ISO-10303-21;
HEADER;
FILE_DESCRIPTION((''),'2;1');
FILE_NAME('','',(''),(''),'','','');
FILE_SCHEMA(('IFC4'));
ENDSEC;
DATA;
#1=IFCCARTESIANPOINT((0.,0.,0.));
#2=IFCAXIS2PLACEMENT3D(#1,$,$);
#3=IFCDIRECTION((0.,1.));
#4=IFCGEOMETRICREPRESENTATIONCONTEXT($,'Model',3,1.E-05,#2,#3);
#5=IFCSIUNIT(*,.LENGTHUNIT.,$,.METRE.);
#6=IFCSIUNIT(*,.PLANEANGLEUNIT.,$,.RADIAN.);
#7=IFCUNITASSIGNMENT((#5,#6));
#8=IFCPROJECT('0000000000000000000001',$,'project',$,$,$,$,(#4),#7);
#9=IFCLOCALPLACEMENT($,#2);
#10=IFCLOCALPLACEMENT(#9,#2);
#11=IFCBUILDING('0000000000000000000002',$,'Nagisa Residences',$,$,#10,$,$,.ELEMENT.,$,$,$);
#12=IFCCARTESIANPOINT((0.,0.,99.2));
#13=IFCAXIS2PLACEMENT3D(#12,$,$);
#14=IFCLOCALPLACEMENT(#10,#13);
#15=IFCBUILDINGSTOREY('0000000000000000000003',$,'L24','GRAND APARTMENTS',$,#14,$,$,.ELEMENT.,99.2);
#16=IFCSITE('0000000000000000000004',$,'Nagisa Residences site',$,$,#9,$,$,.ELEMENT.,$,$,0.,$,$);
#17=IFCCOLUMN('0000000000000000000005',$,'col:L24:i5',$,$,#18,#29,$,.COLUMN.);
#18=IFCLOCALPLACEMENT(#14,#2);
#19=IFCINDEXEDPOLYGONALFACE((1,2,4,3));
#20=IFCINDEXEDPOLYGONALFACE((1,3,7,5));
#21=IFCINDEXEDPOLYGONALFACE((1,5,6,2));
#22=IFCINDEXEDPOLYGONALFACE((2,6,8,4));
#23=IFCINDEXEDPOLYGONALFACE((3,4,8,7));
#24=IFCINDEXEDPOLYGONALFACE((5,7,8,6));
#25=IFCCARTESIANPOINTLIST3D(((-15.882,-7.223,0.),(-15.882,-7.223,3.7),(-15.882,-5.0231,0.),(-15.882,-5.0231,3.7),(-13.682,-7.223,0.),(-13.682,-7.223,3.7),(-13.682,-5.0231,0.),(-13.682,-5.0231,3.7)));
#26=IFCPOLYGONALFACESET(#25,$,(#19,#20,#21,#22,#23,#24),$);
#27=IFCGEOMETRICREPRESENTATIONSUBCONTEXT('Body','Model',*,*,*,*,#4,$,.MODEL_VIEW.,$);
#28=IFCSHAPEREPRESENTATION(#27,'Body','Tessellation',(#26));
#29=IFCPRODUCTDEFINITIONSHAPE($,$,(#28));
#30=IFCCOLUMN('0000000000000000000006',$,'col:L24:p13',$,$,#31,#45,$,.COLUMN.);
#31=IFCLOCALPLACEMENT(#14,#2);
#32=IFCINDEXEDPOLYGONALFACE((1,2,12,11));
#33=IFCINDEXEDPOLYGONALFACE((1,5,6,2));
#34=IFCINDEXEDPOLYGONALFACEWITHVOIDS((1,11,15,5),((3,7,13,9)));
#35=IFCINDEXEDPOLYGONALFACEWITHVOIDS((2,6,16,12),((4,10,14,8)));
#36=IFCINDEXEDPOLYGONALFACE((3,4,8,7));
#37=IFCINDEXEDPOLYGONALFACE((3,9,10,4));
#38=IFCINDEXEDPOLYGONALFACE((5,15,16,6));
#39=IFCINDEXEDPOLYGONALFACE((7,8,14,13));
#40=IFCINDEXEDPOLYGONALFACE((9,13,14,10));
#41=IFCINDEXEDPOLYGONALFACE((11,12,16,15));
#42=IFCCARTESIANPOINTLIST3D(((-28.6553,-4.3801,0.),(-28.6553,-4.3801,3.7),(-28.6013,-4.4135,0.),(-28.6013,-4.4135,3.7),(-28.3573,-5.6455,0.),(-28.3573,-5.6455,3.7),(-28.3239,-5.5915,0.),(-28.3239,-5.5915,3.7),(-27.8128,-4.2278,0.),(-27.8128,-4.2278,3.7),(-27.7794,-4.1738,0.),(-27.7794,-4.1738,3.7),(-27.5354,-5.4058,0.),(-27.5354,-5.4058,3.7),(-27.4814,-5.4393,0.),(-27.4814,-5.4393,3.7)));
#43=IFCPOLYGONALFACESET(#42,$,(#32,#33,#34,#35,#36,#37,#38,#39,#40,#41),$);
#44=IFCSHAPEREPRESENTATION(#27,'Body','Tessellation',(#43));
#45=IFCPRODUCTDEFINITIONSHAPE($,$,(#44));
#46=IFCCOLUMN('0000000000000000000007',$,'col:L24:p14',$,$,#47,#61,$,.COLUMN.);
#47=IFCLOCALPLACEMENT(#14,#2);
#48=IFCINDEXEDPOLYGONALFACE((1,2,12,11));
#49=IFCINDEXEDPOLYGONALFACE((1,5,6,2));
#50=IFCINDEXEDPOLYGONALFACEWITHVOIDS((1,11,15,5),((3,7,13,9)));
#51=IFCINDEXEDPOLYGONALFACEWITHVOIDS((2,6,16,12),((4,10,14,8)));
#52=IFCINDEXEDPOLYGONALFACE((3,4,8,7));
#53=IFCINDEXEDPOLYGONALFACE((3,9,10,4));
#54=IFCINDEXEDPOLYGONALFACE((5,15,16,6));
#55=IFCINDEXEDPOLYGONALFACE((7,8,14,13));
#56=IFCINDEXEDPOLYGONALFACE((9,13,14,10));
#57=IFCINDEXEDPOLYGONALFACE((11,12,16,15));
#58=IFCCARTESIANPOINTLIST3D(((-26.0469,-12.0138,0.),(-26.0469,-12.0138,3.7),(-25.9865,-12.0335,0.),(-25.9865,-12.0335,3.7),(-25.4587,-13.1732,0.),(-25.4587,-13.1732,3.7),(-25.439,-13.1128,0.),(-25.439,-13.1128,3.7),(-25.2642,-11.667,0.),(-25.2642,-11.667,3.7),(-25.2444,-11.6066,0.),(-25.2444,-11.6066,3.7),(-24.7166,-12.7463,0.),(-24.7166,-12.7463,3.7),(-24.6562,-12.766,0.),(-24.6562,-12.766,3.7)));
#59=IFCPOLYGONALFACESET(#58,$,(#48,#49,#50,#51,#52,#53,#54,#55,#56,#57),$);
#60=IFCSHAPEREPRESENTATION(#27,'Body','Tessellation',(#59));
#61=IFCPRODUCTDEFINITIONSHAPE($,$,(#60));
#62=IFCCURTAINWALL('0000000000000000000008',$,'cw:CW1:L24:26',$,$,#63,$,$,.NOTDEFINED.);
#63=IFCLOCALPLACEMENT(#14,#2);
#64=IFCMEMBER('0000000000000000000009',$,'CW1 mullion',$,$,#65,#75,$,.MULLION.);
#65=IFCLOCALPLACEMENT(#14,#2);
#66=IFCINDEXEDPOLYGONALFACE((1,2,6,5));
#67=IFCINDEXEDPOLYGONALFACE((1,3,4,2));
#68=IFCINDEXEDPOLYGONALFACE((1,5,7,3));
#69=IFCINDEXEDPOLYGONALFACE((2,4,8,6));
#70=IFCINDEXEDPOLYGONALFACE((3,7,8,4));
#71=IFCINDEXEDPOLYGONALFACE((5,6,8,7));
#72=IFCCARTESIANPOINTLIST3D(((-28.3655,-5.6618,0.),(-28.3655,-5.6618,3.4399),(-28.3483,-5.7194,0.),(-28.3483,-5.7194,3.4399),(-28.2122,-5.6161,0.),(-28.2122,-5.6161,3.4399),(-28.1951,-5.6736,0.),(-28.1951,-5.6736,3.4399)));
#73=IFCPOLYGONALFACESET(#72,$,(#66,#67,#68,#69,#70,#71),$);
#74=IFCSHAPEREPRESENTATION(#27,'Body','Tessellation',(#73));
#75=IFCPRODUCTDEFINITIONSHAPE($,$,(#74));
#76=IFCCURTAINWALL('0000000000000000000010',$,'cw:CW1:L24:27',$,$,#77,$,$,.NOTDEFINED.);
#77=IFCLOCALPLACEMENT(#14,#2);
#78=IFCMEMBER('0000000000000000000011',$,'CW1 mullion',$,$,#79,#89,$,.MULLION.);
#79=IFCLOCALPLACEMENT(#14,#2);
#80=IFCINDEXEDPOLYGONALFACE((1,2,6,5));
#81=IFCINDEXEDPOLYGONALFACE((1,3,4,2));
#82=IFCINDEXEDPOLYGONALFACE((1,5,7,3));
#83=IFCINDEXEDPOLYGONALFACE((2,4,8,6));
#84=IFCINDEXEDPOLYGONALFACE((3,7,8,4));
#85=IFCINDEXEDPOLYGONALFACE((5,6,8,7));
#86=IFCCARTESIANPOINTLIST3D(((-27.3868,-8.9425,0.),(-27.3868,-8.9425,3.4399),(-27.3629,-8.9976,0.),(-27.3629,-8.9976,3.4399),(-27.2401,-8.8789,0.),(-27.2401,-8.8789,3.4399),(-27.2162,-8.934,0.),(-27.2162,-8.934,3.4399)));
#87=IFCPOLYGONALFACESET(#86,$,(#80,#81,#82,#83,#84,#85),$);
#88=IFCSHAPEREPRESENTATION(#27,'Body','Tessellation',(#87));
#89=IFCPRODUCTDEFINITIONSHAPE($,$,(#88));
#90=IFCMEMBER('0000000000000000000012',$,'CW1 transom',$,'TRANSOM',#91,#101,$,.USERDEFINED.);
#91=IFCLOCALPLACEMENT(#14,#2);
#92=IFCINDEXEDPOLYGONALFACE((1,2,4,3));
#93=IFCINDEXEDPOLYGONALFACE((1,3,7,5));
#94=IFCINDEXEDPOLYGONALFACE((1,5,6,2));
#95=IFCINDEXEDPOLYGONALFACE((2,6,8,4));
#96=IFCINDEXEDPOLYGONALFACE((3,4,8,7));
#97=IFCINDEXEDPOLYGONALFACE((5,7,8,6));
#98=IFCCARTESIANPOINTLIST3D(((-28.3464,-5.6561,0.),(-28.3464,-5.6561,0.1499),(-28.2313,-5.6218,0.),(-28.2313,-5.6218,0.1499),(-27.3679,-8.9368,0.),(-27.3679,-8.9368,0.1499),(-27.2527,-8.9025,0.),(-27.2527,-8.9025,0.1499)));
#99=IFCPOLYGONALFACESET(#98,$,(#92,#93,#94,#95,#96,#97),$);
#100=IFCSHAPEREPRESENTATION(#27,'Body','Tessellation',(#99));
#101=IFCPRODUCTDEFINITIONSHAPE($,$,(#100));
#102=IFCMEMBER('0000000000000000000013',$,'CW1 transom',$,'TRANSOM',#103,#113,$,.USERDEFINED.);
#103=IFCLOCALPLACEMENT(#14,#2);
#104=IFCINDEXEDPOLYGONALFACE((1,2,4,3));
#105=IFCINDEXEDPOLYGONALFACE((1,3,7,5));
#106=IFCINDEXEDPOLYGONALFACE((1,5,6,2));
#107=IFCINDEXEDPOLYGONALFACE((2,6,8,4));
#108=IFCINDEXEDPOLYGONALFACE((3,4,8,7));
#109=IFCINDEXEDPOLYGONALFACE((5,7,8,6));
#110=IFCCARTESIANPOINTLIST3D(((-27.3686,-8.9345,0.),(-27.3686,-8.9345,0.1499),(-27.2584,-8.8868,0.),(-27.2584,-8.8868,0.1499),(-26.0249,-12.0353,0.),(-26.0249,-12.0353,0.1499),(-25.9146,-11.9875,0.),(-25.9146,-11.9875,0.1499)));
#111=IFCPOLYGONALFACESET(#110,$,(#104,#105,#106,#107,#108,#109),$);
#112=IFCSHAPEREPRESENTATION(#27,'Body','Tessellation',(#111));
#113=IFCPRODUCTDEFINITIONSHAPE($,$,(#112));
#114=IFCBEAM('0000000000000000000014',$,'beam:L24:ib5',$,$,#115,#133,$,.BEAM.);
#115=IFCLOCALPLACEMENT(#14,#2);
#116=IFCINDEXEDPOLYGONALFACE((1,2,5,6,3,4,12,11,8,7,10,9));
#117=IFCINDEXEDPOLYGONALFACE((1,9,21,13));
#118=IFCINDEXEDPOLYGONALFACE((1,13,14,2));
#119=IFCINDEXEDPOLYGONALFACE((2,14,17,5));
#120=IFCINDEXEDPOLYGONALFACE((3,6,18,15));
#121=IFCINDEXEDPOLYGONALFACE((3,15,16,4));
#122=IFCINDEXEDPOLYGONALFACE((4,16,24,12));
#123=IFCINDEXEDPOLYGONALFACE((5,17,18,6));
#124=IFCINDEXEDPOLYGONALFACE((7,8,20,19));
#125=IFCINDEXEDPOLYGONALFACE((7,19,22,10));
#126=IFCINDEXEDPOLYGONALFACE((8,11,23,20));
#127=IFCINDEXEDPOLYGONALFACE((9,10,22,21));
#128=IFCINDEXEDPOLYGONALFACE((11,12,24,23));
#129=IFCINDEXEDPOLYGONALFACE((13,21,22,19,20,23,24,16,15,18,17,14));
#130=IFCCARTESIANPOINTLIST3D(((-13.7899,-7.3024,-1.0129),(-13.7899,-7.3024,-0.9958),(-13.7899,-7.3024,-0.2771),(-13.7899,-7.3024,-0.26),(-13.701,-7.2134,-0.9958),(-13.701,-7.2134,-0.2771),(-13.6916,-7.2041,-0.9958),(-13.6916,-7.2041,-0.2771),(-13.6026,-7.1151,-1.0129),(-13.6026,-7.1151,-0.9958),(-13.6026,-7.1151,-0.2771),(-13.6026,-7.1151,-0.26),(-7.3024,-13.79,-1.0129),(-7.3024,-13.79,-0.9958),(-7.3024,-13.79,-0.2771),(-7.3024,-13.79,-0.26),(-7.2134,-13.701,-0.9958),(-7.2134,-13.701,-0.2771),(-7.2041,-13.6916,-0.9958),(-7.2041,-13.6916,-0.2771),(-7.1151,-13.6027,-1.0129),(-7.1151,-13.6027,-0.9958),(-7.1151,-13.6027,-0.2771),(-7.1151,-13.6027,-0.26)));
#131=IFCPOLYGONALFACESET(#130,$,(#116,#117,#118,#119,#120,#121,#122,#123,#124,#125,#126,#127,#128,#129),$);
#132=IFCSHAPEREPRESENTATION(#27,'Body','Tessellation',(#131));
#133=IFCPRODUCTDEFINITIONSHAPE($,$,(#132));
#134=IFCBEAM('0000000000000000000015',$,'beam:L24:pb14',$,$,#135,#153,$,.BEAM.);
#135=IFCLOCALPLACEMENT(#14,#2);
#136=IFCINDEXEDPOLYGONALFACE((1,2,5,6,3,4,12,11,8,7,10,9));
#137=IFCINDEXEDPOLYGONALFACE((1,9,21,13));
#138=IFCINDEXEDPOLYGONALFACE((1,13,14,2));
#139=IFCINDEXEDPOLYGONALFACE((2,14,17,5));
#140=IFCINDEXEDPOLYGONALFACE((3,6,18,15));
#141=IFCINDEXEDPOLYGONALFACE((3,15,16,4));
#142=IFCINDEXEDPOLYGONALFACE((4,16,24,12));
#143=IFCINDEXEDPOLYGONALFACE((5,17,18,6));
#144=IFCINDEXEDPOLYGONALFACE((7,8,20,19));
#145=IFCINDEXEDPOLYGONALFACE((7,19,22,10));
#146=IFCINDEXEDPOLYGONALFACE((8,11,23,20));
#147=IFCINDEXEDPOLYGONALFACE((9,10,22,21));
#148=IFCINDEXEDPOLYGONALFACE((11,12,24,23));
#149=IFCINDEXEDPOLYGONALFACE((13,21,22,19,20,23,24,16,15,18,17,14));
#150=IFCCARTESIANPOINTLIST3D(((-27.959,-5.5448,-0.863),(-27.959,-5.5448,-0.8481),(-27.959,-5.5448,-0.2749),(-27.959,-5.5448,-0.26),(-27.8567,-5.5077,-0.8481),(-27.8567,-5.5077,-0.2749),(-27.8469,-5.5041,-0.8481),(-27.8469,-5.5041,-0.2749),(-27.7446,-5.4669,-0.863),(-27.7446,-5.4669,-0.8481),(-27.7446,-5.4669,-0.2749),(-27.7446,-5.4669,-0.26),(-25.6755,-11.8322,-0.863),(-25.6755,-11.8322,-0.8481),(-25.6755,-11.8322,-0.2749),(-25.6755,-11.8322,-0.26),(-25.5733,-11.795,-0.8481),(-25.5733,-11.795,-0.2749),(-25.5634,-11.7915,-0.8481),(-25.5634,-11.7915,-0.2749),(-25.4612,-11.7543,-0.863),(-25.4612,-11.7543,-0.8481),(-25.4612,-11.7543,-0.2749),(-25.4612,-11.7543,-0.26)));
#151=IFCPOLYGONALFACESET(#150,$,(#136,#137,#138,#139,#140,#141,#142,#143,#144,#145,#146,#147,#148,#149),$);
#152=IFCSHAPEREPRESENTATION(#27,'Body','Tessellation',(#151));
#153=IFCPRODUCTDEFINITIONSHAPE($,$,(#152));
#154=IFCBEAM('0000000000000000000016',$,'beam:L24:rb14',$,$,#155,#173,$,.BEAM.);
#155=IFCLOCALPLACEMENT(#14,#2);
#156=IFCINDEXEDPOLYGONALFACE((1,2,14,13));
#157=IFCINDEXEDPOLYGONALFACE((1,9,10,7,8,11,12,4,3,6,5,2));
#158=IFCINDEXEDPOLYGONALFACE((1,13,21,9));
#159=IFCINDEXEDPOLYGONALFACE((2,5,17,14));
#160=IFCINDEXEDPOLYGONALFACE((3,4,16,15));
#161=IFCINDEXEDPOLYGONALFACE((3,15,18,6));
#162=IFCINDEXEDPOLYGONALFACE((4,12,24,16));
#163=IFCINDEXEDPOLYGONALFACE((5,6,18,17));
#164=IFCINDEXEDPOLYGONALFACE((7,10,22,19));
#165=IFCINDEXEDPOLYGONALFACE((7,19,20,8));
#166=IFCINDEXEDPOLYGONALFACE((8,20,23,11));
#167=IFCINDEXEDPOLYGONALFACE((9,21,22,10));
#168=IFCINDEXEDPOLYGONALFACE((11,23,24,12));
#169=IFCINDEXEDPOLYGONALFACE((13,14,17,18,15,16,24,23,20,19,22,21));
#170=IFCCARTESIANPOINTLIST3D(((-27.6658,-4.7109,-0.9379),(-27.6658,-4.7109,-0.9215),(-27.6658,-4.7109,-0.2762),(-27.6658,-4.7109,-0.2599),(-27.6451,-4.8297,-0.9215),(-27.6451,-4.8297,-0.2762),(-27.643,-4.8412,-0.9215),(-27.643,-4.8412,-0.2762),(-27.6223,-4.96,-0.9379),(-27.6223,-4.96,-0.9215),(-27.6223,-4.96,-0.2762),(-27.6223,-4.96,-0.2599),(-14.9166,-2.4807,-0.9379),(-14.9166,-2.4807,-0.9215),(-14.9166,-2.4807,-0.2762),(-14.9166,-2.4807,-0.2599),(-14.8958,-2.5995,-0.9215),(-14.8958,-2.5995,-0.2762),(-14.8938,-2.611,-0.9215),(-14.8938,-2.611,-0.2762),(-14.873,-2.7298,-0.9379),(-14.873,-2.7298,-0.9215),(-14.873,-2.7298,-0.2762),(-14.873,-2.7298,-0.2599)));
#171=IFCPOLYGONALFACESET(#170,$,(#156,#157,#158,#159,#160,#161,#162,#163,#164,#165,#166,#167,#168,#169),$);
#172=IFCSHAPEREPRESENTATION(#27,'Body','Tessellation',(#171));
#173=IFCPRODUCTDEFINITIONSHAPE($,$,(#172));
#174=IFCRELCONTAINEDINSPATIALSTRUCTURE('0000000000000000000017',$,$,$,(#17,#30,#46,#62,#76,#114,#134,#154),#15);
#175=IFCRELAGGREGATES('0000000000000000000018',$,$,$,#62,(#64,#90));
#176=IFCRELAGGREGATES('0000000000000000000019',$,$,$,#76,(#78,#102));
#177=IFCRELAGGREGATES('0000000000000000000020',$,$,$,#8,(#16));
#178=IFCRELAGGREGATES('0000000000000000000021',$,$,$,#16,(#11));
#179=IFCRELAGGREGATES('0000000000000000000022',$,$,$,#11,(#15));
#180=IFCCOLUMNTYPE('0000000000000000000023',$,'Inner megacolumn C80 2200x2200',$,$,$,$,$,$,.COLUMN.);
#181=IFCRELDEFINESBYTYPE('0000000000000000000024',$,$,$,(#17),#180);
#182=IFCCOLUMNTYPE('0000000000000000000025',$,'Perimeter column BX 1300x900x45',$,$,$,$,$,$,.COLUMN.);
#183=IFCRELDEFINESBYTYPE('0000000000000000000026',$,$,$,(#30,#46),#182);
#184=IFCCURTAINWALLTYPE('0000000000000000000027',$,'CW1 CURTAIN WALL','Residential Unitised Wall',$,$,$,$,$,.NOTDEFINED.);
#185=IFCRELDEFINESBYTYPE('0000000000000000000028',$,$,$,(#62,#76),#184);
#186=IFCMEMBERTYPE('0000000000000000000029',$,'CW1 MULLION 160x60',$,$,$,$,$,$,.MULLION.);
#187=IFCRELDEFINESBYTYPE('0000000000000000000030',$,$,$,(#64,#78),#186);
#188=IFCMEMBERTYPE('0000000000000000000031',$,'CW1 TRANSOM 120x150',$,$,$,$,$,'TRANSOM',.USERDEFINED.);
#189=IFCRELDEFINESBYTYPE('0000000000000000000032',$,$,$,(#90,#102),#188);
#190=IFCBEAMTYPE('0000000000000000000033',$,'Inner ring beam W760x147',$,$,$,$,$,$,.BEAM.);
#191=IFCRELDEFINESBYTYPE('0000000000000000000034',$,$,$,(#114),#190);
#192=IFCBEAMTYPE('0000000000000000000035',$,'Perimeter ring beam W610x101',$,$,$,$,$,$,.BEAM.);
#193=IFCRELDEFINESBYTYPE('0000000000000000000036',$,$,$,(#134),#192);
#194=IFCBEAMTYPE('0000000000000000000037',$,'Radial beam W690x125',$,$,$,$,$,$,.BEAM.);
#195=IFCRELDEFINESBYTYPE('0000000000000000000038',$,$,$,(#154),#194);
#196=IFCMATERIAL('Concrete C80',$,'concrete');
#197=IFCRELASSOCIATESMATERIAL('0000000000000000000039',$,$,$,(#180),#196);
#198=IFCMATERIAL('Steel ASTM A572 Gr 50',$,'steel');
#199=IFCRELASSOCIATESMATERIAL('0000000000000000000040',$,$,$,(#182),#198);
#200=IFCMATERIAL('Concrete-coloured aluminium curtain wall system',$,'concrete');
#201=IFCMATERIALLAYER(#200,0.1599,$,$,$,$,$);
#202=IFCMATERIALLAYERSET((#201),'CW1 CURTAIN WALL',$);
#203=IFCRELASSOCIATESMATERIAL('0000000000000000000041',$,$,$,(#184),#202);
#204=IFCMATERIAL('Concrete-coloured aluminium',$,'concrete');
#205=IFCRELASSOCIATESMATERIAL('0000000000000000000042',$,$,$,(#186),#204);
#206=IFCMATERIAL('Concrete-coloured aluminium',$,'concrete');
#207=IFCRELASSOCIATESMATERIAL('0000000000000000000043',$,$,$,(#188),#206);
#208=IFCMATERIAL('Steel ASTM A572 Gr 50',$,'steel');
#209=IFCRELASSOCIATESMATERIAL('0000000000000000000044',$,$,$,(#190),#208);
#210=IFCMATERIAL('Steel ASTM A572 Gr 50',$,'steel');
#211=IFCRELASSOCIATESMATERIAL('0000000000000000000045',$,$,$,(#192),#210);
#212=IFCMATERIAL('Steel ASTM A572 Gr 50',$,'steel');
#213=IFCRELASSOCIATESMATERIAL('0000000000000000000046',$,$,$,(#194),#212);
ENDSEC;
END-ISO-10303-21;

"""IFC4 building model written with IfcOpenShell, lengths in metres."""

from ifc_helpers import new_model, si_unit, direction, frame, origin, origin_2d, place, context, subcontext, project, spatial, rectangle, hollow_rectangle, i_section, extrude, material, layer, layer_set, material_profile, profile_set, type_object, element, aggregate, save


model = new_model("IFC4")

# Units and contexts
model_context = context("Model", 3, precision=1e-05, world=origin(), true_north=direction((0.0, 1.0)))
body_context = subcontext(model_context, "Body", "Model", "MODEL_VIEW")
ifc_project = project(units=[si_unit("LENGTHUNIT", "METRE"), si_unit("PLANEANGLEUNIT", "RADIAN")], contexts=[model_context])

# Site, building, storey
site_placement = place(None, origin())
site = spatial("IfcSite", under=ifc_project, at=site_placement, Name="Nagisa Residences site", CompositionType="ELEMENT", RefElevation=0.0)
building_placement = place(site_placement, origin())
building = spatial("IfcBuilding", under=site, at=building_placement, Name="Nagisa Residences", CompositionType="ELEMENT")
storey_placement = place(building_placement, frame((0.0, 0.0, 99.2)))
storey = spatial("IfcBuildingStorey", under=building, at=storey_placement, Name="L24", Description="GRAND APARTMENTS", CompositionType="ELEMENT", Elevation=99.2)

# Columns
ifc_material_1 = material(Name="Concrete C80", Category="concrete")
ifc_material_profile_1 = material_profile(ifc_material_1, rectangle(XDim=2.2, YDim=2.2, at=origin_2d()), Name="C80 2200x2200")
ifc_profile_set_1 = profile_set([ifc_material_profile_1], Name="Concrete C80")
column_type_1 = type_object("IfcColumnType", Name="Inner megacolumn C80 2200x2200", PredefinedType="COLUMN", material=ifc_profile_set_1)
column_placement = place(storey_placement, frame((-14.782, -6.123, 0.0), z_axis=(0.0, 0.0, 1.0), x_axis=(1.0, 0.0, 0.0)))
element("IfcColumn", 1, at=column_placement, inside=storey, type_object=column_type_1, Name="col:L24:i5", PredefinedType="COLUMN", context=body_context, shape_type="SweptSolid", body=[
    extrude(rectangle(XDim=2.2, YDim=2.2, at=origin_2d()), origin(), (0.0, 0.0, 1.0), 3.7),
])
ifc_material_2 = material(Name="Steel ASTM A572 Gr 50", Category="steel")
ifc_material_profile_2 = material_profile(ifc_material_2, hollow_rectangle(XDim=1.3, YDim=0.8999, WallThickness=0.0449, at=origin_2d()), Name="BX 1300x900x45")
ifc_profile_set_2 = profile_set([ifc_material_profile_2], Name="Steel ASTM A572 Gr 50")
column_type_2 = type_object("IfcColumnType", Name="Perimeter column BX 1300x900x45", PredefinedType="COLUMN", material=ifc_profile_set_2)
for number, where, z_axis, x_axis, name in (
    (2, (-28.0684, -4.9097, 0.0), (0.0, 0.0, 1.0), (0.229202, -0.973379, 0.0), "col:L24:p13"),
    (3, (-25.3516, -12.3899, 0.0), (0.0, 0.0, 1.0), (0.452463, -0.891783, 0.0), "col:L24:p14"),
):
    element("IfcColumn", number, at=place(storey_placement, frame(where, z_axis=z_axis, x_axis=x_axis)), inside=storey, type_object=column_type_2, Name=name, PredefinedType="COLUMN", context=body_context, shape_type="SweptSolid", body=[
        extrude(hollow_rectangle(XDim=1.3, YDim=0.8999, WallThickness=0.0449, at=origin_2d()), origin(), (0.0, 0.0, 1.0), 3.7),
    ])

# Curtain walls, members
ifc_material_3 = material(Name="Concrete-coloured aluminium curtain wall system", Category="concrete")
ifc_layer_1 = layer(ifc_material_3, 0.1599)
ifc_layer_set_1 = layer_set([ifc_layer_1], Name="CW1 CURTAIN WALL")
curtain_wall_type = type_object("IfcCurtainWallType", Name="CW1 CURTAIN WALL", Description="Residential Unitised Wall", PredefinedType="NOTDEFINED", material=ifc_layer_set_1)
curtain_wall_1_placement = place(storey_placement, origin())
curtain_wall_1 = element("IfcCurtainWall", 4, at=curtain_wall_1_placement, inside=storey, type_object=curtain_wall_type, Name="cw:CW1:L24:26", PredefinedType="NOTDEFINED")
ifc_material_4 = material(Name="Concrete-coloured aluminium", Category="concrete")
ifc_material_profile_3 = material_profile(ifc_material_4, rectangle(XDim=0.1599, YDim=0.0601, at=origin_2d()), Name="CW1 MULLION 160x60")
ifc_profile_set_3 = profile_set([ifc_material_profile_3], Name="Concrete-coloured aluminium")
member_type_1 = type_object("IfcMemberType", Name="CW1 MULLION 160x60", PredefinedType="MULLION", material=ifc_profile_set_3)
member_1_placement = place(storey_placement, frame((-28.2803, -5.6677, 0.0), z_axis=(0.0, 0.0, 1.0), x_axis=(0.958271, 0.28586, 0.0)))
member_1 = element("IfcMember", 5, at=member_1_placement, type_object=member_type_1, Name="CW1 mullion", PredefinedType="MULLION", context=body_context, shape_type="SweptSolid", body=[
    extrude(rectangle(XDim=0.1599, YDim=0.0601, at=origin_2d()), origin(), (0.0, 0.0, 1.0), 3.4399),
])
curtain_wall_2_placement = place(storey_placement, origin())
curtain_wall_2 = element("IfcCurtainWall", 6, at=curtain_wall_2_placement, inside=storey, type_object=curtain_wall_type, Name="cw:CW1:L24:27", PredefinedType="NOTDEFINED")
member_2_placement = place(storey_placement, frame((-27.3015, -8.9382, 0.0), z_axis=(0.0, 0.0, 1.0), x_axis=(0.917543, 0.397636, 0.0)))
member_2 = element("IfcMember", 7, at=member_2_placement, type_object=member_type_1, Name="CW1 mullion", PredefinedType="MULLION", context=body_context, shape_type="SweptSolid", body=[
    extrude(rectangle(XDim=0.1599, YDim=0.0601, at=origin_2d()), origin(), (0.0, 0.0, 1.0), 3.4399),
])

# Members
ifc_material_5 = material(Name="Concrete-coloured aluminium", Category="concrete")
ifc_material_profile_4 = material_profile(ifc_material_5, rectangle(XDim=0.1201, YDim=0.1499, at=origin_2d()), Name="CW1 TRANSOM 120x150")
ifc_profile_set_4 = profile_set([ifc_material_profile_4], Name="Concrete-coloured aluminium")
member_type_2 = type_object("IfcMemberType", Name="CW1 TRANSOM 120x150", ElementType="TRANSOM", PredefinedType="USERDEFINED", material=ifc_profile_set_4)
member_3_placement = place(storey_placement, frame((-28.2888, -5.6389, 0.075), z_axis=(0.285817, -0.958284, 0.0), x_axis=(0.958284, 0.285817, 0.0)))
member_3 = element("IfcMember", 8, at=member_3_placement, type_object=member_type_2, Name="CW1 transom", ObjectType="TRANSOM", PredefinedType="USERDEFINED", context=body_context, shape_type="SweptSolid", body=[
    extrude(rectangle(XDim=0.1201, YDim=0.1499, at=origin_2d()), origin(), (0.0, 0.0, 1.0), 3.4236),
])
member_4_placement = place(storey_placement, frame((-27.3135, -8.9106, 0.075), z_axis=(0.397622, -0.917549, 0.0), x_axis=(0.917549, 0.397622, 0.0)))
member_4 = element("IfcMember", 9, at=member_4_placement, type_object=member_type_2, Name="CW1 transom", ObjectType="TRANSOM", PredefinedType="USERDEFINED", context=body_context, shape_type="SweptSolid", body=[
    extrude(rectangle(XDim=0.1201, YDim=0.1499, at=origin_2d()), origin(), (0.0, 0.0, 1.0), 3.3794),
])

# Beams
ifc_material_6 = material(Name="Steel ASTM A572 Gr 50", Category="steel")
ifc_material_profile_5 = material_profile(ifc_material_6, i_section(OverallWidth=0.2649, OverallDepth=0.7529, WebThickness=0.0132, FlangeThickness=0.0171, at=origin_2d()), Name="W760x147")
ifc_profile_set_5 = profile_set([ifc_material_profile_5], Name="Steel ASTM A572 Gr 50")
beam_type_1 = type_object("IfcBeamType", Name="Inner ring beam W760x147", PredefinedType="BEAM", material=ifc_profile_set_5)
beam_1_placement = place(storey_placement, frame((-13.6963, -7.2087, -0.6365), z_axis=(0.707107, -0.707107, 0.0), x_axis=(0.707107, 0.707107, 0.0)))
element("IfcBeam", 10, at=beam_1_placement, inside=storey, type_object=beam_type_1, Name="beam:L24:ib5", PredefinedType="BEAM", context=body_context, shape_type="SweptSolid", body=[
    extrude(i_section(OverallWidth=0.2649, OverallDepth=0.7529, WebThickness=0.0132, FlangeThickness=0.0171, at=origin_2d()), origin(), (0.0, 0.0, 1.0), 9.1748),
])
ifc_material_7 = material(Name="Steel ASTM A572 Gr 50", Category="steel")
ifc_material_profile_6 = material_profile(ifc_material_7, i_section(OverallWidth=0.228, OverallDepth=0.603, WebThickness=0.0105, FlangeThickness=0.0149, at=origin_2d()), Name="W610x101")
ifc_profile_set_6 = profile_set([ifc_material_profile_6], Name="Steel ASTM A572 Gr 50")
beam_type_2 = type_object("IfcBeamType", Name="Perimeter ring beam W610x101", PredefinedType="BEAM", material=ifc_profile_set_6)
beam_2_placement = place(storey_placement, frame((-27.8518, -5.5059, -0.5615), z_axis=(0.341365, -0.939931, 0.0), x_axis=(0.939931, 0.341365, 0.0)))
element("IfcBeam", 11, at=beam_2_placement, inside=storey, type_object=beam_type_2, Name="beam:L24:pb14", PredefinedType="BEAM", context=body_context, shape_type="SweptSolid", body=[
    extrude(i_section(OverallWidth=0.228, OverallDepth=0.603, WebThickness=0.0105, FlangeThickness=0.0149, at=origin_2d()), origin(), (0.0, 0.0, 1.0), 6.6892),
])
ifc_material_8 = material(Name="Steel ASTM A572 Gr 50", Category="steel")
ifc_material_profile_7 = material_profile(ifc_material_8, i_section(OverallWidth=0.2529, OverallDepth=0.678, WebThickness=0.0117, FlangeThickness=0.0164, at=origin_2d()), Name="W690x125")
ifc_profile_set_7 = profile_set([ifc_material_profile_7], Name="Steel ASTM A572 Gr 50")
beam_type_3 = type_object("IfcBeamType", Name="Radial beam W690x125", PredefinedType="BEAM", material=ifc_profile_set_7)
beam_3_placement = place(storey_placement, frame((-27.644, -4.8354, -0.5989), z_axis=(0.985042, 0.172313, 0.0), x_axis=(-0.172313, 0.985042, 0.0)))
element("IfcBeam", 12, at=beam_3_placement, inside=storey, type_object=beam_type_3, Name="beam:L24:rb14", PredefinedType="BEAM", context=body_context, shape_type="SweptSolid", body=[
    extrude(i_section(OverallWidth=0.2529, OverallDepth=0.678, WebThickness=0.0117, FlangeThickness=0.0164, at=origin_2d()), origin(), (0.0, 0.0, 1.0), 12.9429),
])

aggregate(curtain_wall_1, [member_1, member_3])
aggregate(curtain_wall_2, [member_2, member_4])

save(model, "model.ifc")
